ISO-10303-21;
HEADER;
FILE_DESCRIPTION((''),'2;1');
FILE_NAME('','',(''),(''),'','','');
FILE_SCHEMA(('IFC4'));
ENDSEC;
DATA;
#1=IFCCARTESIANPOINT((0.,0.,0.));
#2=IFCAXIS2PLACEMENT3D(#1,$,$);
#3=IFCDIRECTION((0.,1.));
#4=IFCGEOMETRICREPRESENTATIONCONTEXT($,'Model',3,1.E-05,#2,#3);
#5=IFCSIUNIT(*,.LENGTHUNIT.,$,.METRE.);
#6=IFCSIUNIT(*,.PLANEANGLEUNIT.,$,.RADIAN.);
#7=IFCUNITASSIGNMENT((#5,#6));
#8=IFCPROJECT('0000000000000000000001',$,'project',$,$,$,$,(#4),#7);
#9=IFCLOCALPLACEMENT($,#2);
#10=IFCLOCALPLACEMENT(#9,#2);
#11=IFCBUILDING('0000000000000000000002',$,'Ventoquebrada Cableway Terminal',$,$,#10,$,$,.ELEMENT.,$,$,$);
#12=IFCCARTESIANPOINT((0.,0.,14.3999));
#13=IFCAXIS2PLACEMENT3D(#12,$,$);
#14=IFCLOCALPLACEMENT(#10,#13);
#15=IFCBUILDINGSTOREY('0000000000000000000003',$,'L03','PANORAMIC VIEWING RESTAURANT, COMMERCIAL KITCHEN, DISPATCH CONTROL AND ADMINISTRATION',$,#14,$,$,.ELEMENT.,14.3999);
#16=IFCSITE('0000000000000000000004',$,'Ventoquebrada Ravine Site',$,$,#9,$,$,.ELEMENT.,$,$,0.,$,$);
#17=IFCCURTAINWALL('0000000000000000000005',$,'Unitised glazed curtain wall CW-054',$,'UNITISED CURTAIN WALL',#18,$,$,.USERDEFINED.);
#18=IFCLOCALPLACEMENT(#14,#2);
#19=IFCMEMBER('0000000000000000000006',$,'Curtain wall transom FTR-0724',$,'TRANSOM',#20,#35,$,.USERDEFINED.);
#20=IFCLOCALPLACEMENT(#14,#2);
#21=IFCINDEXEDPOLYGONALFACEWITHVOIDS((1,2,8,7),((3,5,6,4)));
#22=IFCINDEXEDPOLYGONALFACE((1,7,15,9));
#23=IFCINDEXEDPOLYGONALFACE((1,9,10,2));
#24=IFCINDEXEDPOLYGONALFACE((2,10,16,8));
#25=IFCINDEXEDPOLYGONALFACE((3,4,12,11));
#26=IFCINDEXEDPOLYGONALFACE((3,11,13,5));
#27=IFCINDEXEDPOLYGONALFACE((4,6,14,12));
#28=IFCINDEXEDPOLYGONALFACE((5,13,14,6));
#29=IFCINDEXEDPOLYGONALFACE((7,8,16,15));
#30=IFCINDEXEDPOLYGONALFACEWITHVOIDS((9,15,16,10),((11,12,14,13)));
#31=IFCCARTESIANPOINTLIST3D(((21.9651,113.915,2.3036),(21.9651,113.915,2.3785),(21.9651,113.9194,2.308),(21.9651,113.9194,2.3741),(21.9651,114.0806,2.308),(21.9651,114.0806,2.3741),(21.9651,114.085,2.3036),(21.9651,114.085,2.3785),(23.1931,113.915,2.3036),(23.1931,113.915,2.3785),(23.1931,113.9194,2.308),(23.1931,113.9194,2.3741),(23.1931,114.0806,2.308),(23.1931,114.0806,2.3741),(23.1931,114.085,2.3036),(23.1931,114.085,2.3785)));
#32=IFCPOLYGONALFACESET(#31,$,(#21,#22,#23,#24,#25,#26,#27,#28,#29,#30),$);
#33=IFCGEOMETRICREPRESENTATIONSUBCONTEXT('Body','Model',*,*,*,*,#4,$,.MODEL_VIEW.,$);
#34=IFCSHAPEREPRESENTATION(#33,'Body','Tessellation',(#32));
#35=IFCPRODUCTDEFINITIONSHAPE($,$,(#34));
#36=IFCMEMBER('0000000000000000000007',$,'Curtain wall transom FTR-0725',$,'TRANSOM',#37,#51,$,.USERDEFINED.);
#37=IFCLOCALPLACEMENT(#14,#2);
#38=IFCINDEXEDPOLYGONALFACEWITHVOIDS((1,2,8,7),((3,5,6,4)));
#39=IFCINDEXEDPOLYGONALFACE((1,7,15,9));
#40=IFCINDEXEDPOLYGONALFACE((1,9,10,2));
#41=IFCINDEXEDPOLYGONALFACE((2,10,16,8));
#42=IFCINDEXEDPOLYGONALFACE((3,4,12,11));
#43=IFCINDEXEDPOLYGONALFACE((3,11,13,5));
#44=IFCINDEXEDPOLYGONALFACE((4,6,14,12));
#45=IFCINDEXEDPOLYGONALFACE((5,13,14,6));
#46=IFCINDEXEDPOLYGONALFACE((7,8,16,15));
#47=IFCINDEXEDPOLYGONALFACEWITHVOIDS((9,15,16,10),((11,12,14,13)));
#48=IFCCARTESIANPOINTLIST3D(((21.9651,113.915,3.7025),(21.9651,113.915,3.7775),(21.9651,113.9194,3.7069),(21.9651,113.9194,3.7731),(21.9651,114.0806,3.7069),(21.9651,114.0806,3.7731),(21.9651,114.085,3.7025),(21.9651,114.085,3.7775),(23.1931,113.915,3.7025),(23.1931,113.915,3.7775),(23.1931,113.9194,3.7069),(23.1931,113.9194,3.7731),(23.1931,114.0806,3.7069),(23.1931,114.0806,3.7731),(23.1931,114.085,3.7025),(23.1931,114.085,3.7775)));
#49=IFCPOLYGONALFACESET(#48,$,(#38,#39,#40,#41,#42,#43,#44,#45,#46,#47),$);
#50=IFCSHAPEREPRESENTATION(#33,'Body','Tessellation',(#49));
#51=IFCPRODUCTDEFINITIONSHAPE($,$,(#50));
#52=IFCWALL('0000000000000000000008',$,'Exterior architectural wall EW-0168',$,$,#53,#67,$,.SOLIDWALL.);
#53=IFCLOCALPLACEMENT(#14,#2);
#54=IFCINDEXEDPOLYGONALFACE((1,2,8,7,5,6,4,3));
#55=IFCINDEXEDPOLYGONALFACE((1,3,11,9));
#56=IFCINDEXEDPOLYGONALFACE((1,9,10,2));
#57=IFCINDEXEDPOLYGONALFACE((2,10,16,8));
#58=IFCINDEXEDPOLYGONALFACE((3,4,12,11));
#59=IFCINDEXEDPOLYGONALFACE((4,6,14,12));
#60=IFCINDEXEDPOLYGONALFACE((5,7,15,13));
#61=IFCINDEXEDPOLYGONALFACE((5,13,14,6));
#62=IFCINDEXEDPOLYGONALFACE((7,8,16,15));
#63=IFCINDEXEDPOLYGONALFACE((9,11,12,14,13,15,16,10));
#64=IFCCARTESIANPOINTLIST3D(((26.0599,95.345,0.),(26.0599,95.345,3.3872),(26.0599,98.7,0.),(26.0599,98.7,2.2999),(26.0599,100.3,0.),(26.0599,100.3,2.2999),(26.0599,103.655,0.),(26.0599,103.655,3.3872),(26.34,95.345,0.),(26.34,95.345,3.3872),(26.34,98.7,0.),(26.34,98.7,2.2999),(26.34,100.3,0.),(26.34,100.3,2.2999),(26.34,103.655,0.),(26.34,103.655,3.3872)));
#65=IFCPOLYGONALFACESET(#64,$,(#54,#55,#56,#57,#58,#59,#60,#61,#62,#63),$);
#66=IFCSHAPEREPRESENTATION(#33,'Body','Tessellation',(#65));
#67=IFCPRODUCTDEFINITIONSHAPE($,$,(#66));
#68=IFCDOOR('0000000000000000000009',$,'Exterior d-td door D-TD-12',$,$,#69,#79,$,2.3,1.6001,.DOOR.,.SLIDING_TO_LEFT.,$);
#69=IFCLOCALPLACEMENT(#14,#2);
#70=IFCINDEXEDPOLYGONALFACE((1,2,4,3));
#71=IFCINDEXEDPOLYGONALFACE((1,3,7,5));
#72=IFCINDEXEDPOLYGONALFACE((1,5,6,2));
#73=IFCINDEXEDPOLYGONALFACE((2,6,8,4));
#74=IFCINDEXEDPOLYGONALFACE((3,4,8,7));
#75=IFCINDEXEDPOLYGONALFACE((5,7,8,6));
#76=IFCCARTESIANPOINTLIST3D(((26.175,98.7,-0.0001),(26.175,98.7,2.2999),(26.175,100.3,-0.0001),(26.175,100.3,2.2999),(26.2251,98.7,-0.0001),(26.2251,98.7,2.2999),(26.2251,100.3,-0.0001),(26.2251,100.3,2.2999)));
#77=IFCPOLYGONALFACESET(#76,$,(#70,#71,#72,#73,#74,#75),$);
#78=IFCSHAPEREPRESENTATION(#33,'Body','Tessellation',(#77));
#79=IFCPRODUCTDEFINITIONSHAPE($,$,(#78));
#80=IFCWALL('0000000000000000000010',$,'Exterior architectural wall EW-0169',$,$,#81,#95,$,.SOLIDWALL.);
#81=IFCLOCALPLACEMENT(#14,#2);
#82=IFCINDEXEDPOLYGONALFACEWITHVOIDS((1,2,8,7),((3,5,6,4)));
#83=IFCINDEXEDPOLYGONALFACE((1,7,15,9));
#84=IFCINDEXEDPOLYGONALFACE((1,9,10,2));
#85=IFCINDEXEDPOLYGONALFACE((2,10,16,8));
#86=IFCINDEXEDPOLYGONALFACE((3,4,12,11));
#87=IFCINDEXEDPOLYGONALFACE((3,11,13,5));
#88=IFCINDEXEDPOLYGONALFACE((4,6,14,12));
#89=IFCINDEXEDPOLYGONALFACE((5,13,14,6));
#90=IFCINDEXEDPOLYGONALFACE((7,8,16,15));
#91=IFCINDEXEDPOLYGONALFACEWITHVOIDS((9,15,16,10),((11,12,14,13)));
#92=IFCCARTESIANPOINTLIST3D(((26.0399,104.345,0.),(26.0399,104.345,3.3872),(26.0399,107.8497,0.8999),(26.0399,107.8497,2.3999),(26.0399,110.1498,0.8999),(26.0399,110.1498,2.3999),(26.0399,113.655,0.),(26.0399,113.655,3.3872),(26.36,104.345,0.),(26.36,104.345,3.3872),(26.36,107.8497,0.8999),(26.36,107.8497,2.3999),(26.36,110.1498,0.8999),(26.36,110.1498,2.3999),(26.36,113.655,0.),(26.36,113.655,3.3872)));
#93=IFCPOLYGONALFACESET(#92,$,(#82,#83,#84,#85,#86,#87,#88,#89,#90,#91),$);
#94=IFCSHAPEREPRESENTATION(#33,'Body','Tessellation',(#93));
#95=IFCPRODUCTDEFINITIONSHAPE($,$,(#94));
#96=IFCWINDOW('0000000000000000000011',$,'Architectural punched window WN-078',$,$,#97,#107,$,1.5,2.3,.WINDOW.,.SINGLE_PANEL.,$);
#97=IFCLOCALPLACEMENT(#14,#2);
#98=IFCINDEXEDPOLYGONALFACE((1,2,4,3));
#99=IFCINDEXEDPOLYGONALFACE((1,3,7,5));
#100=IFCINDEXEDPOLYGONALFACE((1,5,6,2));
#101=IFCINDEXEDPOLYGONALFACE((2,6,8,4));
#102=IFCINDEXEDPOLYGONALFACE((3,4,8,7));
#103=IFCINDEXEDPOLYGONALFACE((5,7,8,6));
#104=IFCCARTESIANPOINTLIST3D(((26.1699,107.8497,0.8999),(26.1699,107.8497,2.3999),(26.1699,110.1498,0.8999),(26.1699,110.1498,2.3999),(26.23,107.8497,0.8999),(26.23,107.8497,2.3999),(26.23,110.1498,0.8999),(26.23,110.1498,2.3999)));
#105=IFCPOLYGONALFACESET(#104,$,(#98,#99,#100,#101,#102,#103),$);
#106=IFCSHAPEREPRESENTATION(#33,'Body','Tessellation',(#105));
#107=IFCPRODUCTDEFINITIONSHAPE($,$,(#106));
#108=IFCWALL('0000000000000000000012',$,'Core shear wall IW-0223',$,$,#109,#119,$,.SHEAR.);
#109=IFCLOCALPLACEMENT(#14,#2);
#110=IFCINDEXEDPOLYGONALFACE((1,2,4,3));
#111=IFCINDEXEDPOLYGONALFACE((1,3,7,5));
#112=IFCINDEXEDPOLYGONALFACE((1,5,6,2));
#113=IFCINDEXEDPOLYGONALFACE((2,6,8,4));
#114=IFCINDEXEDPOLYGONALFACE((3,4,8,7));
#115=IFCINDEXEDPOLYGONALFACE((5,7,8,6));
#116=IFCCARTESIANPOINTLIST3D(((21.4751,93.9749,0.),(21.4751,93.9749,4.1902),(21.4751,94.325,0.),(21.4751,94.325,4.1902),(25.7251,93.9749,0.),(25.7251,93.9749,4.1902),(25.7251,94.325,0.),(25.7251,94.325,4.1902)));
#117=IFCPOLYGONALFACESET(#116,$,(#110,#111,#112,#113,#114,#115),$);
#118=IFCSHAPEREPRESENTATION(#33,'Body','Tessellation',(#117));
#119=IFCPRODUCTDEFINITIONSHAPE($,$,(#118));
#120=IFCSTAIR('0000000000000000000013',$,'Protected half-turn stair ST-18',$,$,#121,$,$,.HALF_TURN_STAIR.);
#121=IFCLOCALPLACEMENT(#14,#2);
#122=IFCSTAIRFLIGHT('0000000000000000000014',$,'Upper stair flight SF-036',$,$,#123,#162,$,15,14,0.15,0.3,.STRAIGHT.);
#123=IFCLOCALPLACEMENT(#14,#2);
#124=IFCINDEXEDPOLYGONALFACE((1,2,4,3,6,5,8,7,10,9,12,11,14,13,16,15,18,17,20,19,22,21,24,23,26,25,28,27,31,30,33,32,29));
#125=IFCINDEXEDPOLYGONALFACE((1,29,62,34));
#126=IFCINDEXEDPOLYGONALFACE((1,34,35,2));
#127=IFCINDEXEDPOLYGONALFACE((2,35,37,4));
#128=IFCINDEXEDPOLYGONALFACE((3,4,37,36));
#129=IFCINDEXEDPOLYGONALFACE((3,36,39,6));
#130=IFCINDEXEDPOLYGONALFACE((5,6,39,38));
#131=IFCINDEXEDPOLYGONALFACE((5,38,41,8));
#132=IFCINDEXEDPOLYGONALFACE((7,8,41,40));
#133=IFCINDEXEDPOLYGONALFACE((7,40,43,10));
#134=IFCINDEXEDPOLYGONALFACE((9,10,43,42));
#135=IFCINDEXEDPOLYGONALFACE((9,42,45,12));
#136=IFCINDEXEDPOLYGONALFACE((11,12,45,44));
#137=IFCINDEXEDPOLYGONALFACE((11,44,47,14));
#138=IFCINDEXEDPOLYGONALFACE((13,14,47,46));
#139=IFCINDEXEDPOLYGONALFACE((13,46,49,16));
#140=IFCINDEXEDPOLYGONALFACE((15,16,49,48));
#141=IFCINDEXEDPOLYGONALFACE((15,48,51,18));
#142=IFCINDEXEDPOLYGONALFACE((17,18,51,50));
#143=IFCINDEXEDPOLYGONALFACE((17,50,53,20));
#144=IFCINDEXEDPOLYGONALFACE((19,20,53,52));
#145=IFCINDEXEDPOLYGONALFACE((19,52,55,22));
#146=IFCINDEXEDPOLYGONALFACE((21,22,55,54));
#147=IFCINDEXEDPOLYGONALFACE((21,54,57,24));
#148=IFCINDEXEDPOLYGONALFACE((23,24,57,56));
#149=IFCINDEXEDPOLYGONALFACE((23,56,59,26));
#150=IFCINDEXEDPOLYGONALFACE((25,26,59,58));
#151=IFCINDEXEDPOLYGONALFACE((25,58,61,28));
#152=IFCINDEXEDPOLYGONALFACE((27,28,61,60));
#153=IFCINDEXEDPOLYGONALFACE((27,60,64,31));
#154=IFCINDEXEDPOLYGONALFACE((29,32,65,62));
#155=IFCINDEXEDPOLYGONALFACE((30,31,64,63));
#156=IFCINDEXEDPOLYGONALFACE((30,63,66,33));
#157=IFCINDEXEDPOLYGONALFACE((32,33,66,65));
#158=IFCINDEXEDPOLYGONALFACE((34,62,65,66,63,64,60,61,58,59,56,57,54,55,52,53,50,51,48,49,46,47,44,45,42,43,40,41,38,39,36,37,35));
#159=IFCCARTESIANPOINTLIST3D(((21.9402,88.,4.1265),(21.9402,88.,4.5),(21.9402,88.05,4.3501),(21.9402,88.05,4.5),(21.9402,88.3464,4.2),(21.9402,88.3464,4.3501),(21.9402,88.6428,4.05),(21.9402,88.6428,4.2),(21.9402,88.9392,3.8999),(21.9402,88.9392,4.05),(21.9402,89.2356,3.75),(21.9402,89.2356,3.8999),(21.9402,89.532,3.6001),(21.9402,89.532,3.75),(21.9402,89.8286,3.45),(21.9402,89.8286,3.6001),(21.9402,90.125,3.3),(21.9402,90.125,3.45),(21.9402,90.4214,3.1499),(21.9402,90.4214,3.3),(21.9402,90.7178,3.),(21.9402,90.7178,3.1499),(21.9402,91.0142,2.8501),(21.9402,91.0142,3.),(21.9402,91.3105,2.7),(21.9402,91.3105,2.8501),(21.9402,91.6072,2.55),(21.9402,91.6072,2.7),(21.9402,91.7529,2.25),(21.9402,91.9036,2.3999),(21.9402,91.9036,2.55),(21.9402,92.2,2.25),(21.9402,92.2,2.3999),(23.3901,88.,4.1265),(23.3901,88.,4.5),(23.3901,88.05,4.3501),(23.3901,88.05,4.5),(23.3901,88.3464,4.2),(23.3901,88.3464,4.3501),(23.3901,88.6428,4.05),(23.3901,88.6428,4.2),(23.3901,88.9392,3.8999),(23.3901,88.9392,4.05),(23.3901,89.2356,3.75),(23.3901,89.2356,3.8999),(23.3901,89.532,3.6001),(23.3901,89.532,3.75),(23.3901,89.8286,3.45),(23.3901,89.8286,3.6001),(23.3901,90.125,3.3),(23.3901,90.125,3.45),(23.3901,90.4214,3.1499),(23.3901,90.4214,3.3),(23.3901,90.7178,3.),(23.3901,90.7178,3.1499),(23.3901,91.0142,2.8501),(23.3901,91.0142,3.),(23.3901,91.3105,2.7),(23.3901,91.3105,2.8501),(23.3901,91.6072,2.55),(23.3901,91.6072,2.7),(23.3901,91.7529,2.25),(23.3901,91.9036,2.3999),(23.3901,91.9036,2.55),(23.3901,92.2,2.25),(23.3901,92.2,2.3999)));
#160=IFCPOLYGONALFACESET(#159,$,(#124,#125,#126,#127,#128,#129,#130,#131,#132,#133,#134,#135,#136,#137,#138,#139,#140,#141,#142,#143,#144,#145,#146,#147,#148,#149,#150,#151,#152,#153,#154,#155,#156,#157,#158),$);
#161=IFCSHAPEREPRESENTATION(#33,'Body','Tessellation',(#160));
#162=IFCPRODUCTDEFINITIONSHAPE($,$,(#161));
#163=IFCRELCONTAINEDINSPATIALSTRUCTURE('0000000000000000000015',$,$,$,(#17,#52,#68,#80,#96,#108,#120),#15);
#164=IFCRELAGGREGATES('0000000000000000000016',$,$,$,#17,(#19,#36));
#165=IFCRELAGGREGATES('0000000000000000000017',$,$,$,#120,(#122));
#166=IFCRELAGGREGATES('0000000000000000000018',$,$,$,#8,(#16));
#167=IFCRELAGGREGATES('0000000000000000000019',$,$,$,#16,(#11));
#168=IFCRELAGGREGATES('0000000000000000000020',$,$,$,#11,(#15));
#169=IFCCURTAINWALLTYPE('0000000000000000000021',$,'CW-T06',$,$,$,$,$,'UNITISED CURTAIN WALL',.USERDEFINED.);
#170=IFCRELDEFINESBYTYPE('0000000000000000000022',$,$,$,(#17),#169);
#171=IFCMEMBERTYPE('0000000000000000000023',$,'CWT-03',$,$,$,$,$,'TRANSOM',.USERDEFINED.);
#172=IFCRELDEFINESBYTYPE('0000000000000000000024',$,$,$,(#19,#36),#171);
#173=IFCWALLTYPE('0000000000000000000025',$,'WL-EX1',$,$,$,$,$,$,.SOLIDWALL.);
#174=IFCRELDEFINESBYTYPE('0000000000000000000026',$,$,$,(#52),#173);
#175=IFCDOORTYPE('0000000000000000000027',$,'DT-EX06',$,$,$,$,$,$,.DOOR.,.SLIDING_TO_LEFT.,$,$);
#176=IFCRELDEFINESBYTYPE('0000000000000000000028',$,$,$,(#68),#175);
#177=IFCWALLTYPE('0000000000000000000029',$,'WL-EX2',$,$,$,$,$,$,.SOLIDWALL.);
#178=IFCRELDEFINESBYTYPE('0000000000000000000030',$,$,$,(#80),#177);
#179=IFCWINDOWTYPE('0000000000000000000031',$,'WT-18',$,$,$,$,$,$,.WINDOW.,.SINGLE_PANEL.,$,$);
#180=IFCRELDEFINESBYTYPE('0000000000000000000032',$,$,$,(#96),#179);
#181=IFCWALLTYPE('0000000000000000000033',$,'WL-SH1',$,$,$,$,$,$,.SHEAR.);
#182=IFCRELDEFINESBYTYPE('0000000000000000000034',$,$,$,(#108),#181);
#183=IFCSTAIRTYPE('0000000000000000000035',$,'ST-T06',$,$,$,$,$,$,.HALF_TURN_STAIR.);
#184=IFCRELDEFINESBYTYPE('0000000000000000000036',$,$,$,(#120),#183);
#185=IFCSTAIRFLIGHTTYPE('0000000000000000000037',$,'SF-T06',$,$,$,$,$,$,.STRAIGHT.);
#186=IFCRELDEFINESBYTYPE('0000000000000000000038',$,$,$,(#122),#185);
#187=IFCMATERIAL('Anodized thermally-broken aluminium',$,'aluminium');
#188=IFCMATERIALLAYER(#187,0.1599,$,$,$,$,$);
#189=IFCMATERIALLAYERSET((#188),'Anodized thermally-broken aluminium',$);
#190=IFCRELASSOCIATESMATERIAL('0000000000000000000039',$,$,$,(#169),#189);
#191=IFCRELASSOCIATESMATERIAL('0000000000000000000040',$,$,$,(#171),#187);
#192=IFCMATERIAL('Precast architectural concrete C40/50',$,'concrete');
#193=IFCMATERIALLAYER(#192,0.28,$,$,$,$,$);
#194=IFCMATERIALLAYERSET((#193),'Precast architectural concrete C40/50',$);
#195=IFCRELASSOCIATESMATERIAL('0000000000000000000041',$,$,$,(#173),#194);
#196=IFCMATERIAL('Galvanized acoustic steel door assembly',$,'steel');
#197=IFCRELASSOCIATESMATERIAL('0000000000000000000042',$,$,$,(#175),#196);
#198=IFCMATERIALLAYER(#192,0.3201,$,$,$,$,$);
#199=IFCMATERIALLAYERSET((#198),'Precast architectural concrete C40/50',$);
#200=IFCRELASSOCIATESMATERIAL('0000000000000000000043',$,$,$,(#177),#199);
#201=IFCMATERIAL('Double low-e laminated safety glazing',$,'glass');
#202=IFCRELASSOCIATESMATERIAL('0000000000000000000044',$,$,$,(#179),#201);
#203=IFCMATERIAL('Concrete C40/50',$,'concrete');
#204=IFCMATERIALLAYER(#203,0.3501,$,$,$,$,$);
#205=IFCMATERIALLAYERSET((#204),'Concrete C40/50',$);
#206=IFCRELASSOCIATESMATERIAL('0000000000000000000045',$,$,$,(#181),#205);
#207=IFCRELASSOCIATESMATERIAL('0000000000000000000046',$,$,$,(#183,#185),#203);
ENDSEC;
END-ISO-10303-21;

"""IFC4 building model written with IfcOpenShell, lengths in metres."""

from ifc_helpers import new_model, si_unit, direction, frame, frame_2d, origin, origin_2d, place, context, subcontext, project, spatial, polyline, rectangle, hollow_rectangle, outline, extrude, material, layer, layer_set, material_profile, profile_set, type_object, element, fill, aggregate, save


model = new_model("IFC4")

# Units and contexts
model_context = context("Model", 3, precision=1e-05, world=origin(), true_north=direction((0.0, 1.0)))
body_context = subcontext(model_context, "Body", "Model", "MODEL_VIEW")
ifc_project = project(units=[si_unit("LENGTHUNIT", "METRE"), si_unit("PLANEANGLEUNIT", "RADIAN")], contexts=[model_context])

# Site, building, storey
site_placement = place(None, origin())
site = spatial("IfcSite", under=ifc_project, at=site_placement, Name="Ventoquebrada Ravine Site", CompositionType="ELEMENT", RefElevation=0.0)
building_placement = place(site_placement, origin())
building = spatial("IfcBuilding", under=site, at=building_placement, Name="Ventoquebrada Cableway Terminal", CompositionType="ELEMENT")
storey_placement = place(building_placement, frame((0.0, 0.0, 14.3999)))
storey = spatial("IfcBuildingStorey", under=building, at=storey_placement, Name="L03", Description="PANORAMIC VIEWING RESTAURANT, COMMERCIAL KITCHEN, DISPATCH CONTROL AND ADMINISTRATION", CompositionType="ELEMENT", Elevation=14.3999)

# Shared definitions
ifc_material_1 = material(Name="Concrete C40/50", Category="concrete")

# Curtain wall, members
ifc_material_2 = material(Name="Anodized thermally-broken aluminium", Category="aluminium")
ifc_layer_1 = layer(ifc_material_2, 0.1599)
ifc_layer_set_1 = layer_set([ifc_layer_1], Name="Anodized thermally-broken aluminium")
curtain_wall_type = type_object("IfcCurtainWallType", Name="CW-T06", ElementType="UNITISED CURTAIN WALL", PredefinedType="USERDEFINED", material=ifc_layer_set_1)
curtain_wall_placement = place(storey_placement, origin())
curtain_wall = element("IfcCurtainWall", 1, at=curtain_wall_placement, inside=storey, type_object=curtain_wall_type, Name="Unitised glazed curtain wall CW-054", ObjectType="UNITISED CURTAIN WALL", PredefinedType="USERDEFINED")
ifc_material_profile_1 = material_profile(ifc_material_2, hollow_rectangle(XDim=0.075, YDim=0.1699, WallThickness=0.0044, at=origin_2d()), Name="CW-TRN-75X170")
ifc_profile_set_1 = profile_set([ifc_material_profile_1], Name="Anodized thermally-broken aluminium")
member_type_1 = type_object("IfcMemberType", Name="CWT-03", ElementType="TRANSOM", PredefinedType="USERDEFINED", material=ifc_profile_set_1)
member_1_placement = place(storey_placement, frame((23.1931, 114.0, 2.3411), z_axis=(-1.0, 0.0, 0.0), x_axis=(0.0, 0.0, 1.0)))
member_1 = element("IfcMember", 2, at=member_1_placement, type_object=member_type_1, Name="Curtain wall transom FTR-0724", ObjectType="TRANSOM", PredefinedType="USERDEFINED", context=body_context, shape_type="SweptSolid", body=[
    extrude(hollow_rectangle(XDim=0.075, YDim=0.1699, WallThickness=0.0044, at=origin_2d()), origin(), (0.0, 0.0, 1.0), 1.228),
])
member_2_placement = place(storey_placement, frame((23.1931, 114.0, 3.74), z_axis=(-1.0, 0.0, 0.0), x_axis=(0.0, 0.0, 1.0)))
member_2 = element("IfcMember", 3, at=member_2_placement, type_object=member_type_1, Name="Curtain wall transom FTR-0725", ObjectType="TRANSOM", PredefinedType="USERDEFINED", context=body_context, shape_type="SweptSolid", body=[
    extrude(hollow_rectangle(XDim=0.075, YDim=0.1699, WallThickness=0.0044, at=origin_2d()), origin(), (0.0, 0.0, 1.0), 1.228),
])
aggregate(curtain_wall, [member_1, member_2])

# Wall, opening, door
ifc_material_3 = material(Name="Precast architectural concrete C40/50", Category="concrete")
ifc_layer_2 = layer(ifc_material_3, 0.28)
ifc_layer_set_2 = layer_set([ifc_layer_2], Name="Precast architectural concrete C40/50")
wall_type_1 = type_object("IfcWallType", Name="WL-EX1", PredefinedType="SOLIDWALL", material=ifc_layer_set_2)
wall_1_placement = place(storey_placement, frame((26.2, 95.345, 0.0), z_axis=(0.0, 0.0, 1.0), x_axis=(0.0, 1.0, 0.0)))
wall_1 = element("IfcWall", 4, at=wall_1_placement, inside=storey, type_object=wall_type_1, Name="Exterior architectural wall EW-0168", PredefinedType="SOLIDWALL", context=body_context, shape_type="SweptSolid", body=[
    extrude(rectangle(XDim=8.3101, YDim=0.28, at=frame_2d((4.155, 0.0))), origin(), (0.0, 0.0, 1.0), 3.3872),
])
opening_1_placement = place(wall_1_placement, frame((3.355, 0.0, 0.0)))
opening_1 = element("IfcOpeningElement", 5, at=opening_1_placement, cuts=wall_1, PredefinedType="OPENING", context=body_context, shape_type="SweptSolid", body=[
    extrude(rectangle(XDim=1.6001, YDim=2.3, at=frame_2d((0.8, 1.1499))), frame((0.0, 0.1499, 0.0), z_axis=(0.0, -1.0, 0.0), x_axis=(1.0, 0.0, 0.0)), (0.0, 0.0, 1.0), 0.3),
])
ifc_material_4 = material(Name="Galvanized acoustic steel door assembly", Category="steel")
door_type = type_object("IfcDoorType", Name="DT-EX06", OperationType="SLIDING_TO_LEFT", PredefinedType="DOOR", material=ifc_material_4)
door_placement = place(opening_1_placement, origin())
door = element("IfcDoor", 6, at=door_placement, inside=storey, type_object=door_type, Name="Exterior d-td door D-TD-12", OperationType="SLIDING_TO_LEFT", OverallHeight=2.3, OverallWidth=1.6001, PredefinedType="DOOR", context=body_context, shape_type="SweptSolid", body=[
    extrude(rectangle(XDim=1.6001, YDim=2.3, at=frame_2d((0.8, 1.1499))), frame((0.0, 0.0249, 0.0), z_axis=(0.0, -1.0, 0.0), x_axis=(1.0, 0.0, 0.0)), (0.0, 0.0, 1.0), 0.05),
])
fill(opening_1, door)

# Wall, opening, window
ifc_layer_3 = layer(ifc_material_3, 0.3201)
ifc_layer_set_3 = layer_set([ifc_layer_3], Name="Precast architectural concrete C40/50")
wall_type_2 = type_object("IfcWallType", Name="WL-EX2", PredefinedType="SOLIDWALL", material=ifc_layer_set_3)
wall_2_placement = place(storey_placement, frame((26.2, 104.345, 0.0), z_axis=(0.0, 0.0, 1.0), x_axis=(0.0, 1.0, 0.0)))
wall_2 = element("IfcWall", 7, at=wall_2_placement, inside=storey, type_object=wall_type_2, Name="Exterior architectural wall EW-0169", PredefinedType="SOLIDWALL", context=body_context, shape_type="SweptSolid", body=[
    extrude(rectangle(XDim=9.3101, YDim=0.3201, at=frame_2d((4.655, 0.0))), origin(), (0.0, 0.0, 1.0), 3.3872),
])
opening_2_placement = place(wall_2_placement, frame((3.5049, 0.0, 0.8999)))
opening_2 = element("IfcOpeningElement", 8, at=opening_2_placement, cuts=wall_2, PredefinedType="OPENING", context=body_context, shape_type="SweptSolid", body=[
    extrude(rectangle(XDim=2.3, YDim=1.5, at=frame_2d((1.1499, 0.75))), frame((0.0, 0.1699, 0.0), z_axis=(0.0, -1.0, 0.0), x_axis=(1.0, 0.0, 0.0)), (0.0, 0.0, 1.0), 0.3401),
])
ifc_material_5 = material(Name="Double low-e laminated safety glazing", Category="glass")
window_type = type_object("IfcWindowType", Name="WT-18", PartitioningType="SINGLE_PANEL", PredefinedType="WINDOW", material=ifc_material_5)
window_placement = place(opening_2_placement, origin())
window = element("IfcWindow", 9, at=window_placement, inside=storey, type_object=window_type, Name="Architectural punched window WN-078", OverallHeight=1.5, OverallWidth=2.3, PartitioningType="SINGLE_PANEL", PredefinedType="WINDOW", context=body_context, shape_type="SweptSolid", body=[
    extrude(rectangle(XDim=2.3, YDim=1.5, at=frame_2d((1.1499, 0.75))), frame((0.0, 0.03, 0.0), z_axis=(0.0, -1.0, 0.0), x_axis=(1.0, 0.0, 0.0)), (0.0, 0.0, 1.0), 0.0601),
])
fill(opening_2, window)

# Wall
ifc_layer_4 = layer(ifc_material_1, 0.3501)
ifc_layer_set_4 = layer_set([ifc_layer_4], Name="Concrete C40/50")
wall_type_3 = type_object("IfcWallType", Name="WL-SH1", PredefinedType="SHEAR", material=ifc_layer_set_4)
wall_3_placement = place(storey_placement, frame((25.7251, 94.1499, 0.0), z_axis=(0.0, 0.0, 1.0), x_axis=(-1.0, 0.0, 0.0)))
element("IfcWall", 10, at=wall_3_placement, inside=storey, type_object=wall_type_3, Name="Core shear wall IW-0223", PredefinedType="SHEAR", context=body_context, shape_type="SweptSolid", body=[
    extrude(rectangle(XDim=4.25, YDim=0.3501, at=frame_2d((2.125, 0.0))), origin(), (0.0, 0.0, 1.0), 4.1902),
])

# Stair, stair flight
stair_type = type_object("IfcStairType", Name="ST-T06", PredefinedType="HALF_TURN_STAIR", material=ifc_material_1)
stair_placement = place(storey_placement, origin())
stair = element("IfcStair", 11, at=stair_placement, inside=storey, type_object=stair_type, Name="Protected half-turn stair ST-18", PredefinedType="HALF_TURN_STAIR")
stair_flight_type = type_object("IfcStairFlightType", Name="SF-T06", PredefinedType="STRAIGHT", material=ifc_material_1)
stair_flight_placement = place(storey_placement, frame((22.665, 92.2, 2.25), z_axis=(0.0, 0.0, 1.0), x_axis=(0.0, -1.0, 0.0)))
stair_flight = element("IfcStairFlight", 12, at=stair_flight_placement, type_object=stair_flight_type, Name="Upper stair flight SF-036", NumberOfRisers=15, NumberOfTreads=14, PredefinedType="STRAIGHT", RiserHeight=0.15, TreadLength=0.3, context=body_context, shape_type="SweptSolid", body=[
    extrude(outline(polyline([(0.0, 0.0), (0.0, 0.1499), (0.2964, 0.1499), (0.2964, 0.3), (0.5928, 0.3), (0.5928, 0.45), (0.8894, 0.45), (0.8894, 0.6001), (1.1858, 0.6001), (1.1858, 0.75), (1.4822, 0.75), (1.4822, 0.8999), (1.7786, 0.8999), (1.7786, 1.05), (2.075, 1.05), (2.075, 1.2), (2.3713, 1.2), (2.3713, 1.3501), (2.668, 1.3501), (2.668, 1.5), (2.9644, 1.5), (2.9644, 1.6499), (3.2607, 1.6499), (3.2607, 1.8), (3.5571, 1.8), (3.5571, 1.95), (3.8535, 1.95), (3.8535, 2.1001), (4.1499, 2.1001), (4.1499, 2.25), (4.2, 2.25), (4.2, 1.8765), (0.447, 0.0), (0.0, 0.0)])), frame((0.0, 0.7251, 0.0), z_axis=(0.0, -1.0, 0.0), x_axis=(1.0, 0.0, 0.0)), (0.0, 0.0, 1.0), 1.45),
])
aggregate(stair, [stair_flight])

save(model, "model.ifc")
